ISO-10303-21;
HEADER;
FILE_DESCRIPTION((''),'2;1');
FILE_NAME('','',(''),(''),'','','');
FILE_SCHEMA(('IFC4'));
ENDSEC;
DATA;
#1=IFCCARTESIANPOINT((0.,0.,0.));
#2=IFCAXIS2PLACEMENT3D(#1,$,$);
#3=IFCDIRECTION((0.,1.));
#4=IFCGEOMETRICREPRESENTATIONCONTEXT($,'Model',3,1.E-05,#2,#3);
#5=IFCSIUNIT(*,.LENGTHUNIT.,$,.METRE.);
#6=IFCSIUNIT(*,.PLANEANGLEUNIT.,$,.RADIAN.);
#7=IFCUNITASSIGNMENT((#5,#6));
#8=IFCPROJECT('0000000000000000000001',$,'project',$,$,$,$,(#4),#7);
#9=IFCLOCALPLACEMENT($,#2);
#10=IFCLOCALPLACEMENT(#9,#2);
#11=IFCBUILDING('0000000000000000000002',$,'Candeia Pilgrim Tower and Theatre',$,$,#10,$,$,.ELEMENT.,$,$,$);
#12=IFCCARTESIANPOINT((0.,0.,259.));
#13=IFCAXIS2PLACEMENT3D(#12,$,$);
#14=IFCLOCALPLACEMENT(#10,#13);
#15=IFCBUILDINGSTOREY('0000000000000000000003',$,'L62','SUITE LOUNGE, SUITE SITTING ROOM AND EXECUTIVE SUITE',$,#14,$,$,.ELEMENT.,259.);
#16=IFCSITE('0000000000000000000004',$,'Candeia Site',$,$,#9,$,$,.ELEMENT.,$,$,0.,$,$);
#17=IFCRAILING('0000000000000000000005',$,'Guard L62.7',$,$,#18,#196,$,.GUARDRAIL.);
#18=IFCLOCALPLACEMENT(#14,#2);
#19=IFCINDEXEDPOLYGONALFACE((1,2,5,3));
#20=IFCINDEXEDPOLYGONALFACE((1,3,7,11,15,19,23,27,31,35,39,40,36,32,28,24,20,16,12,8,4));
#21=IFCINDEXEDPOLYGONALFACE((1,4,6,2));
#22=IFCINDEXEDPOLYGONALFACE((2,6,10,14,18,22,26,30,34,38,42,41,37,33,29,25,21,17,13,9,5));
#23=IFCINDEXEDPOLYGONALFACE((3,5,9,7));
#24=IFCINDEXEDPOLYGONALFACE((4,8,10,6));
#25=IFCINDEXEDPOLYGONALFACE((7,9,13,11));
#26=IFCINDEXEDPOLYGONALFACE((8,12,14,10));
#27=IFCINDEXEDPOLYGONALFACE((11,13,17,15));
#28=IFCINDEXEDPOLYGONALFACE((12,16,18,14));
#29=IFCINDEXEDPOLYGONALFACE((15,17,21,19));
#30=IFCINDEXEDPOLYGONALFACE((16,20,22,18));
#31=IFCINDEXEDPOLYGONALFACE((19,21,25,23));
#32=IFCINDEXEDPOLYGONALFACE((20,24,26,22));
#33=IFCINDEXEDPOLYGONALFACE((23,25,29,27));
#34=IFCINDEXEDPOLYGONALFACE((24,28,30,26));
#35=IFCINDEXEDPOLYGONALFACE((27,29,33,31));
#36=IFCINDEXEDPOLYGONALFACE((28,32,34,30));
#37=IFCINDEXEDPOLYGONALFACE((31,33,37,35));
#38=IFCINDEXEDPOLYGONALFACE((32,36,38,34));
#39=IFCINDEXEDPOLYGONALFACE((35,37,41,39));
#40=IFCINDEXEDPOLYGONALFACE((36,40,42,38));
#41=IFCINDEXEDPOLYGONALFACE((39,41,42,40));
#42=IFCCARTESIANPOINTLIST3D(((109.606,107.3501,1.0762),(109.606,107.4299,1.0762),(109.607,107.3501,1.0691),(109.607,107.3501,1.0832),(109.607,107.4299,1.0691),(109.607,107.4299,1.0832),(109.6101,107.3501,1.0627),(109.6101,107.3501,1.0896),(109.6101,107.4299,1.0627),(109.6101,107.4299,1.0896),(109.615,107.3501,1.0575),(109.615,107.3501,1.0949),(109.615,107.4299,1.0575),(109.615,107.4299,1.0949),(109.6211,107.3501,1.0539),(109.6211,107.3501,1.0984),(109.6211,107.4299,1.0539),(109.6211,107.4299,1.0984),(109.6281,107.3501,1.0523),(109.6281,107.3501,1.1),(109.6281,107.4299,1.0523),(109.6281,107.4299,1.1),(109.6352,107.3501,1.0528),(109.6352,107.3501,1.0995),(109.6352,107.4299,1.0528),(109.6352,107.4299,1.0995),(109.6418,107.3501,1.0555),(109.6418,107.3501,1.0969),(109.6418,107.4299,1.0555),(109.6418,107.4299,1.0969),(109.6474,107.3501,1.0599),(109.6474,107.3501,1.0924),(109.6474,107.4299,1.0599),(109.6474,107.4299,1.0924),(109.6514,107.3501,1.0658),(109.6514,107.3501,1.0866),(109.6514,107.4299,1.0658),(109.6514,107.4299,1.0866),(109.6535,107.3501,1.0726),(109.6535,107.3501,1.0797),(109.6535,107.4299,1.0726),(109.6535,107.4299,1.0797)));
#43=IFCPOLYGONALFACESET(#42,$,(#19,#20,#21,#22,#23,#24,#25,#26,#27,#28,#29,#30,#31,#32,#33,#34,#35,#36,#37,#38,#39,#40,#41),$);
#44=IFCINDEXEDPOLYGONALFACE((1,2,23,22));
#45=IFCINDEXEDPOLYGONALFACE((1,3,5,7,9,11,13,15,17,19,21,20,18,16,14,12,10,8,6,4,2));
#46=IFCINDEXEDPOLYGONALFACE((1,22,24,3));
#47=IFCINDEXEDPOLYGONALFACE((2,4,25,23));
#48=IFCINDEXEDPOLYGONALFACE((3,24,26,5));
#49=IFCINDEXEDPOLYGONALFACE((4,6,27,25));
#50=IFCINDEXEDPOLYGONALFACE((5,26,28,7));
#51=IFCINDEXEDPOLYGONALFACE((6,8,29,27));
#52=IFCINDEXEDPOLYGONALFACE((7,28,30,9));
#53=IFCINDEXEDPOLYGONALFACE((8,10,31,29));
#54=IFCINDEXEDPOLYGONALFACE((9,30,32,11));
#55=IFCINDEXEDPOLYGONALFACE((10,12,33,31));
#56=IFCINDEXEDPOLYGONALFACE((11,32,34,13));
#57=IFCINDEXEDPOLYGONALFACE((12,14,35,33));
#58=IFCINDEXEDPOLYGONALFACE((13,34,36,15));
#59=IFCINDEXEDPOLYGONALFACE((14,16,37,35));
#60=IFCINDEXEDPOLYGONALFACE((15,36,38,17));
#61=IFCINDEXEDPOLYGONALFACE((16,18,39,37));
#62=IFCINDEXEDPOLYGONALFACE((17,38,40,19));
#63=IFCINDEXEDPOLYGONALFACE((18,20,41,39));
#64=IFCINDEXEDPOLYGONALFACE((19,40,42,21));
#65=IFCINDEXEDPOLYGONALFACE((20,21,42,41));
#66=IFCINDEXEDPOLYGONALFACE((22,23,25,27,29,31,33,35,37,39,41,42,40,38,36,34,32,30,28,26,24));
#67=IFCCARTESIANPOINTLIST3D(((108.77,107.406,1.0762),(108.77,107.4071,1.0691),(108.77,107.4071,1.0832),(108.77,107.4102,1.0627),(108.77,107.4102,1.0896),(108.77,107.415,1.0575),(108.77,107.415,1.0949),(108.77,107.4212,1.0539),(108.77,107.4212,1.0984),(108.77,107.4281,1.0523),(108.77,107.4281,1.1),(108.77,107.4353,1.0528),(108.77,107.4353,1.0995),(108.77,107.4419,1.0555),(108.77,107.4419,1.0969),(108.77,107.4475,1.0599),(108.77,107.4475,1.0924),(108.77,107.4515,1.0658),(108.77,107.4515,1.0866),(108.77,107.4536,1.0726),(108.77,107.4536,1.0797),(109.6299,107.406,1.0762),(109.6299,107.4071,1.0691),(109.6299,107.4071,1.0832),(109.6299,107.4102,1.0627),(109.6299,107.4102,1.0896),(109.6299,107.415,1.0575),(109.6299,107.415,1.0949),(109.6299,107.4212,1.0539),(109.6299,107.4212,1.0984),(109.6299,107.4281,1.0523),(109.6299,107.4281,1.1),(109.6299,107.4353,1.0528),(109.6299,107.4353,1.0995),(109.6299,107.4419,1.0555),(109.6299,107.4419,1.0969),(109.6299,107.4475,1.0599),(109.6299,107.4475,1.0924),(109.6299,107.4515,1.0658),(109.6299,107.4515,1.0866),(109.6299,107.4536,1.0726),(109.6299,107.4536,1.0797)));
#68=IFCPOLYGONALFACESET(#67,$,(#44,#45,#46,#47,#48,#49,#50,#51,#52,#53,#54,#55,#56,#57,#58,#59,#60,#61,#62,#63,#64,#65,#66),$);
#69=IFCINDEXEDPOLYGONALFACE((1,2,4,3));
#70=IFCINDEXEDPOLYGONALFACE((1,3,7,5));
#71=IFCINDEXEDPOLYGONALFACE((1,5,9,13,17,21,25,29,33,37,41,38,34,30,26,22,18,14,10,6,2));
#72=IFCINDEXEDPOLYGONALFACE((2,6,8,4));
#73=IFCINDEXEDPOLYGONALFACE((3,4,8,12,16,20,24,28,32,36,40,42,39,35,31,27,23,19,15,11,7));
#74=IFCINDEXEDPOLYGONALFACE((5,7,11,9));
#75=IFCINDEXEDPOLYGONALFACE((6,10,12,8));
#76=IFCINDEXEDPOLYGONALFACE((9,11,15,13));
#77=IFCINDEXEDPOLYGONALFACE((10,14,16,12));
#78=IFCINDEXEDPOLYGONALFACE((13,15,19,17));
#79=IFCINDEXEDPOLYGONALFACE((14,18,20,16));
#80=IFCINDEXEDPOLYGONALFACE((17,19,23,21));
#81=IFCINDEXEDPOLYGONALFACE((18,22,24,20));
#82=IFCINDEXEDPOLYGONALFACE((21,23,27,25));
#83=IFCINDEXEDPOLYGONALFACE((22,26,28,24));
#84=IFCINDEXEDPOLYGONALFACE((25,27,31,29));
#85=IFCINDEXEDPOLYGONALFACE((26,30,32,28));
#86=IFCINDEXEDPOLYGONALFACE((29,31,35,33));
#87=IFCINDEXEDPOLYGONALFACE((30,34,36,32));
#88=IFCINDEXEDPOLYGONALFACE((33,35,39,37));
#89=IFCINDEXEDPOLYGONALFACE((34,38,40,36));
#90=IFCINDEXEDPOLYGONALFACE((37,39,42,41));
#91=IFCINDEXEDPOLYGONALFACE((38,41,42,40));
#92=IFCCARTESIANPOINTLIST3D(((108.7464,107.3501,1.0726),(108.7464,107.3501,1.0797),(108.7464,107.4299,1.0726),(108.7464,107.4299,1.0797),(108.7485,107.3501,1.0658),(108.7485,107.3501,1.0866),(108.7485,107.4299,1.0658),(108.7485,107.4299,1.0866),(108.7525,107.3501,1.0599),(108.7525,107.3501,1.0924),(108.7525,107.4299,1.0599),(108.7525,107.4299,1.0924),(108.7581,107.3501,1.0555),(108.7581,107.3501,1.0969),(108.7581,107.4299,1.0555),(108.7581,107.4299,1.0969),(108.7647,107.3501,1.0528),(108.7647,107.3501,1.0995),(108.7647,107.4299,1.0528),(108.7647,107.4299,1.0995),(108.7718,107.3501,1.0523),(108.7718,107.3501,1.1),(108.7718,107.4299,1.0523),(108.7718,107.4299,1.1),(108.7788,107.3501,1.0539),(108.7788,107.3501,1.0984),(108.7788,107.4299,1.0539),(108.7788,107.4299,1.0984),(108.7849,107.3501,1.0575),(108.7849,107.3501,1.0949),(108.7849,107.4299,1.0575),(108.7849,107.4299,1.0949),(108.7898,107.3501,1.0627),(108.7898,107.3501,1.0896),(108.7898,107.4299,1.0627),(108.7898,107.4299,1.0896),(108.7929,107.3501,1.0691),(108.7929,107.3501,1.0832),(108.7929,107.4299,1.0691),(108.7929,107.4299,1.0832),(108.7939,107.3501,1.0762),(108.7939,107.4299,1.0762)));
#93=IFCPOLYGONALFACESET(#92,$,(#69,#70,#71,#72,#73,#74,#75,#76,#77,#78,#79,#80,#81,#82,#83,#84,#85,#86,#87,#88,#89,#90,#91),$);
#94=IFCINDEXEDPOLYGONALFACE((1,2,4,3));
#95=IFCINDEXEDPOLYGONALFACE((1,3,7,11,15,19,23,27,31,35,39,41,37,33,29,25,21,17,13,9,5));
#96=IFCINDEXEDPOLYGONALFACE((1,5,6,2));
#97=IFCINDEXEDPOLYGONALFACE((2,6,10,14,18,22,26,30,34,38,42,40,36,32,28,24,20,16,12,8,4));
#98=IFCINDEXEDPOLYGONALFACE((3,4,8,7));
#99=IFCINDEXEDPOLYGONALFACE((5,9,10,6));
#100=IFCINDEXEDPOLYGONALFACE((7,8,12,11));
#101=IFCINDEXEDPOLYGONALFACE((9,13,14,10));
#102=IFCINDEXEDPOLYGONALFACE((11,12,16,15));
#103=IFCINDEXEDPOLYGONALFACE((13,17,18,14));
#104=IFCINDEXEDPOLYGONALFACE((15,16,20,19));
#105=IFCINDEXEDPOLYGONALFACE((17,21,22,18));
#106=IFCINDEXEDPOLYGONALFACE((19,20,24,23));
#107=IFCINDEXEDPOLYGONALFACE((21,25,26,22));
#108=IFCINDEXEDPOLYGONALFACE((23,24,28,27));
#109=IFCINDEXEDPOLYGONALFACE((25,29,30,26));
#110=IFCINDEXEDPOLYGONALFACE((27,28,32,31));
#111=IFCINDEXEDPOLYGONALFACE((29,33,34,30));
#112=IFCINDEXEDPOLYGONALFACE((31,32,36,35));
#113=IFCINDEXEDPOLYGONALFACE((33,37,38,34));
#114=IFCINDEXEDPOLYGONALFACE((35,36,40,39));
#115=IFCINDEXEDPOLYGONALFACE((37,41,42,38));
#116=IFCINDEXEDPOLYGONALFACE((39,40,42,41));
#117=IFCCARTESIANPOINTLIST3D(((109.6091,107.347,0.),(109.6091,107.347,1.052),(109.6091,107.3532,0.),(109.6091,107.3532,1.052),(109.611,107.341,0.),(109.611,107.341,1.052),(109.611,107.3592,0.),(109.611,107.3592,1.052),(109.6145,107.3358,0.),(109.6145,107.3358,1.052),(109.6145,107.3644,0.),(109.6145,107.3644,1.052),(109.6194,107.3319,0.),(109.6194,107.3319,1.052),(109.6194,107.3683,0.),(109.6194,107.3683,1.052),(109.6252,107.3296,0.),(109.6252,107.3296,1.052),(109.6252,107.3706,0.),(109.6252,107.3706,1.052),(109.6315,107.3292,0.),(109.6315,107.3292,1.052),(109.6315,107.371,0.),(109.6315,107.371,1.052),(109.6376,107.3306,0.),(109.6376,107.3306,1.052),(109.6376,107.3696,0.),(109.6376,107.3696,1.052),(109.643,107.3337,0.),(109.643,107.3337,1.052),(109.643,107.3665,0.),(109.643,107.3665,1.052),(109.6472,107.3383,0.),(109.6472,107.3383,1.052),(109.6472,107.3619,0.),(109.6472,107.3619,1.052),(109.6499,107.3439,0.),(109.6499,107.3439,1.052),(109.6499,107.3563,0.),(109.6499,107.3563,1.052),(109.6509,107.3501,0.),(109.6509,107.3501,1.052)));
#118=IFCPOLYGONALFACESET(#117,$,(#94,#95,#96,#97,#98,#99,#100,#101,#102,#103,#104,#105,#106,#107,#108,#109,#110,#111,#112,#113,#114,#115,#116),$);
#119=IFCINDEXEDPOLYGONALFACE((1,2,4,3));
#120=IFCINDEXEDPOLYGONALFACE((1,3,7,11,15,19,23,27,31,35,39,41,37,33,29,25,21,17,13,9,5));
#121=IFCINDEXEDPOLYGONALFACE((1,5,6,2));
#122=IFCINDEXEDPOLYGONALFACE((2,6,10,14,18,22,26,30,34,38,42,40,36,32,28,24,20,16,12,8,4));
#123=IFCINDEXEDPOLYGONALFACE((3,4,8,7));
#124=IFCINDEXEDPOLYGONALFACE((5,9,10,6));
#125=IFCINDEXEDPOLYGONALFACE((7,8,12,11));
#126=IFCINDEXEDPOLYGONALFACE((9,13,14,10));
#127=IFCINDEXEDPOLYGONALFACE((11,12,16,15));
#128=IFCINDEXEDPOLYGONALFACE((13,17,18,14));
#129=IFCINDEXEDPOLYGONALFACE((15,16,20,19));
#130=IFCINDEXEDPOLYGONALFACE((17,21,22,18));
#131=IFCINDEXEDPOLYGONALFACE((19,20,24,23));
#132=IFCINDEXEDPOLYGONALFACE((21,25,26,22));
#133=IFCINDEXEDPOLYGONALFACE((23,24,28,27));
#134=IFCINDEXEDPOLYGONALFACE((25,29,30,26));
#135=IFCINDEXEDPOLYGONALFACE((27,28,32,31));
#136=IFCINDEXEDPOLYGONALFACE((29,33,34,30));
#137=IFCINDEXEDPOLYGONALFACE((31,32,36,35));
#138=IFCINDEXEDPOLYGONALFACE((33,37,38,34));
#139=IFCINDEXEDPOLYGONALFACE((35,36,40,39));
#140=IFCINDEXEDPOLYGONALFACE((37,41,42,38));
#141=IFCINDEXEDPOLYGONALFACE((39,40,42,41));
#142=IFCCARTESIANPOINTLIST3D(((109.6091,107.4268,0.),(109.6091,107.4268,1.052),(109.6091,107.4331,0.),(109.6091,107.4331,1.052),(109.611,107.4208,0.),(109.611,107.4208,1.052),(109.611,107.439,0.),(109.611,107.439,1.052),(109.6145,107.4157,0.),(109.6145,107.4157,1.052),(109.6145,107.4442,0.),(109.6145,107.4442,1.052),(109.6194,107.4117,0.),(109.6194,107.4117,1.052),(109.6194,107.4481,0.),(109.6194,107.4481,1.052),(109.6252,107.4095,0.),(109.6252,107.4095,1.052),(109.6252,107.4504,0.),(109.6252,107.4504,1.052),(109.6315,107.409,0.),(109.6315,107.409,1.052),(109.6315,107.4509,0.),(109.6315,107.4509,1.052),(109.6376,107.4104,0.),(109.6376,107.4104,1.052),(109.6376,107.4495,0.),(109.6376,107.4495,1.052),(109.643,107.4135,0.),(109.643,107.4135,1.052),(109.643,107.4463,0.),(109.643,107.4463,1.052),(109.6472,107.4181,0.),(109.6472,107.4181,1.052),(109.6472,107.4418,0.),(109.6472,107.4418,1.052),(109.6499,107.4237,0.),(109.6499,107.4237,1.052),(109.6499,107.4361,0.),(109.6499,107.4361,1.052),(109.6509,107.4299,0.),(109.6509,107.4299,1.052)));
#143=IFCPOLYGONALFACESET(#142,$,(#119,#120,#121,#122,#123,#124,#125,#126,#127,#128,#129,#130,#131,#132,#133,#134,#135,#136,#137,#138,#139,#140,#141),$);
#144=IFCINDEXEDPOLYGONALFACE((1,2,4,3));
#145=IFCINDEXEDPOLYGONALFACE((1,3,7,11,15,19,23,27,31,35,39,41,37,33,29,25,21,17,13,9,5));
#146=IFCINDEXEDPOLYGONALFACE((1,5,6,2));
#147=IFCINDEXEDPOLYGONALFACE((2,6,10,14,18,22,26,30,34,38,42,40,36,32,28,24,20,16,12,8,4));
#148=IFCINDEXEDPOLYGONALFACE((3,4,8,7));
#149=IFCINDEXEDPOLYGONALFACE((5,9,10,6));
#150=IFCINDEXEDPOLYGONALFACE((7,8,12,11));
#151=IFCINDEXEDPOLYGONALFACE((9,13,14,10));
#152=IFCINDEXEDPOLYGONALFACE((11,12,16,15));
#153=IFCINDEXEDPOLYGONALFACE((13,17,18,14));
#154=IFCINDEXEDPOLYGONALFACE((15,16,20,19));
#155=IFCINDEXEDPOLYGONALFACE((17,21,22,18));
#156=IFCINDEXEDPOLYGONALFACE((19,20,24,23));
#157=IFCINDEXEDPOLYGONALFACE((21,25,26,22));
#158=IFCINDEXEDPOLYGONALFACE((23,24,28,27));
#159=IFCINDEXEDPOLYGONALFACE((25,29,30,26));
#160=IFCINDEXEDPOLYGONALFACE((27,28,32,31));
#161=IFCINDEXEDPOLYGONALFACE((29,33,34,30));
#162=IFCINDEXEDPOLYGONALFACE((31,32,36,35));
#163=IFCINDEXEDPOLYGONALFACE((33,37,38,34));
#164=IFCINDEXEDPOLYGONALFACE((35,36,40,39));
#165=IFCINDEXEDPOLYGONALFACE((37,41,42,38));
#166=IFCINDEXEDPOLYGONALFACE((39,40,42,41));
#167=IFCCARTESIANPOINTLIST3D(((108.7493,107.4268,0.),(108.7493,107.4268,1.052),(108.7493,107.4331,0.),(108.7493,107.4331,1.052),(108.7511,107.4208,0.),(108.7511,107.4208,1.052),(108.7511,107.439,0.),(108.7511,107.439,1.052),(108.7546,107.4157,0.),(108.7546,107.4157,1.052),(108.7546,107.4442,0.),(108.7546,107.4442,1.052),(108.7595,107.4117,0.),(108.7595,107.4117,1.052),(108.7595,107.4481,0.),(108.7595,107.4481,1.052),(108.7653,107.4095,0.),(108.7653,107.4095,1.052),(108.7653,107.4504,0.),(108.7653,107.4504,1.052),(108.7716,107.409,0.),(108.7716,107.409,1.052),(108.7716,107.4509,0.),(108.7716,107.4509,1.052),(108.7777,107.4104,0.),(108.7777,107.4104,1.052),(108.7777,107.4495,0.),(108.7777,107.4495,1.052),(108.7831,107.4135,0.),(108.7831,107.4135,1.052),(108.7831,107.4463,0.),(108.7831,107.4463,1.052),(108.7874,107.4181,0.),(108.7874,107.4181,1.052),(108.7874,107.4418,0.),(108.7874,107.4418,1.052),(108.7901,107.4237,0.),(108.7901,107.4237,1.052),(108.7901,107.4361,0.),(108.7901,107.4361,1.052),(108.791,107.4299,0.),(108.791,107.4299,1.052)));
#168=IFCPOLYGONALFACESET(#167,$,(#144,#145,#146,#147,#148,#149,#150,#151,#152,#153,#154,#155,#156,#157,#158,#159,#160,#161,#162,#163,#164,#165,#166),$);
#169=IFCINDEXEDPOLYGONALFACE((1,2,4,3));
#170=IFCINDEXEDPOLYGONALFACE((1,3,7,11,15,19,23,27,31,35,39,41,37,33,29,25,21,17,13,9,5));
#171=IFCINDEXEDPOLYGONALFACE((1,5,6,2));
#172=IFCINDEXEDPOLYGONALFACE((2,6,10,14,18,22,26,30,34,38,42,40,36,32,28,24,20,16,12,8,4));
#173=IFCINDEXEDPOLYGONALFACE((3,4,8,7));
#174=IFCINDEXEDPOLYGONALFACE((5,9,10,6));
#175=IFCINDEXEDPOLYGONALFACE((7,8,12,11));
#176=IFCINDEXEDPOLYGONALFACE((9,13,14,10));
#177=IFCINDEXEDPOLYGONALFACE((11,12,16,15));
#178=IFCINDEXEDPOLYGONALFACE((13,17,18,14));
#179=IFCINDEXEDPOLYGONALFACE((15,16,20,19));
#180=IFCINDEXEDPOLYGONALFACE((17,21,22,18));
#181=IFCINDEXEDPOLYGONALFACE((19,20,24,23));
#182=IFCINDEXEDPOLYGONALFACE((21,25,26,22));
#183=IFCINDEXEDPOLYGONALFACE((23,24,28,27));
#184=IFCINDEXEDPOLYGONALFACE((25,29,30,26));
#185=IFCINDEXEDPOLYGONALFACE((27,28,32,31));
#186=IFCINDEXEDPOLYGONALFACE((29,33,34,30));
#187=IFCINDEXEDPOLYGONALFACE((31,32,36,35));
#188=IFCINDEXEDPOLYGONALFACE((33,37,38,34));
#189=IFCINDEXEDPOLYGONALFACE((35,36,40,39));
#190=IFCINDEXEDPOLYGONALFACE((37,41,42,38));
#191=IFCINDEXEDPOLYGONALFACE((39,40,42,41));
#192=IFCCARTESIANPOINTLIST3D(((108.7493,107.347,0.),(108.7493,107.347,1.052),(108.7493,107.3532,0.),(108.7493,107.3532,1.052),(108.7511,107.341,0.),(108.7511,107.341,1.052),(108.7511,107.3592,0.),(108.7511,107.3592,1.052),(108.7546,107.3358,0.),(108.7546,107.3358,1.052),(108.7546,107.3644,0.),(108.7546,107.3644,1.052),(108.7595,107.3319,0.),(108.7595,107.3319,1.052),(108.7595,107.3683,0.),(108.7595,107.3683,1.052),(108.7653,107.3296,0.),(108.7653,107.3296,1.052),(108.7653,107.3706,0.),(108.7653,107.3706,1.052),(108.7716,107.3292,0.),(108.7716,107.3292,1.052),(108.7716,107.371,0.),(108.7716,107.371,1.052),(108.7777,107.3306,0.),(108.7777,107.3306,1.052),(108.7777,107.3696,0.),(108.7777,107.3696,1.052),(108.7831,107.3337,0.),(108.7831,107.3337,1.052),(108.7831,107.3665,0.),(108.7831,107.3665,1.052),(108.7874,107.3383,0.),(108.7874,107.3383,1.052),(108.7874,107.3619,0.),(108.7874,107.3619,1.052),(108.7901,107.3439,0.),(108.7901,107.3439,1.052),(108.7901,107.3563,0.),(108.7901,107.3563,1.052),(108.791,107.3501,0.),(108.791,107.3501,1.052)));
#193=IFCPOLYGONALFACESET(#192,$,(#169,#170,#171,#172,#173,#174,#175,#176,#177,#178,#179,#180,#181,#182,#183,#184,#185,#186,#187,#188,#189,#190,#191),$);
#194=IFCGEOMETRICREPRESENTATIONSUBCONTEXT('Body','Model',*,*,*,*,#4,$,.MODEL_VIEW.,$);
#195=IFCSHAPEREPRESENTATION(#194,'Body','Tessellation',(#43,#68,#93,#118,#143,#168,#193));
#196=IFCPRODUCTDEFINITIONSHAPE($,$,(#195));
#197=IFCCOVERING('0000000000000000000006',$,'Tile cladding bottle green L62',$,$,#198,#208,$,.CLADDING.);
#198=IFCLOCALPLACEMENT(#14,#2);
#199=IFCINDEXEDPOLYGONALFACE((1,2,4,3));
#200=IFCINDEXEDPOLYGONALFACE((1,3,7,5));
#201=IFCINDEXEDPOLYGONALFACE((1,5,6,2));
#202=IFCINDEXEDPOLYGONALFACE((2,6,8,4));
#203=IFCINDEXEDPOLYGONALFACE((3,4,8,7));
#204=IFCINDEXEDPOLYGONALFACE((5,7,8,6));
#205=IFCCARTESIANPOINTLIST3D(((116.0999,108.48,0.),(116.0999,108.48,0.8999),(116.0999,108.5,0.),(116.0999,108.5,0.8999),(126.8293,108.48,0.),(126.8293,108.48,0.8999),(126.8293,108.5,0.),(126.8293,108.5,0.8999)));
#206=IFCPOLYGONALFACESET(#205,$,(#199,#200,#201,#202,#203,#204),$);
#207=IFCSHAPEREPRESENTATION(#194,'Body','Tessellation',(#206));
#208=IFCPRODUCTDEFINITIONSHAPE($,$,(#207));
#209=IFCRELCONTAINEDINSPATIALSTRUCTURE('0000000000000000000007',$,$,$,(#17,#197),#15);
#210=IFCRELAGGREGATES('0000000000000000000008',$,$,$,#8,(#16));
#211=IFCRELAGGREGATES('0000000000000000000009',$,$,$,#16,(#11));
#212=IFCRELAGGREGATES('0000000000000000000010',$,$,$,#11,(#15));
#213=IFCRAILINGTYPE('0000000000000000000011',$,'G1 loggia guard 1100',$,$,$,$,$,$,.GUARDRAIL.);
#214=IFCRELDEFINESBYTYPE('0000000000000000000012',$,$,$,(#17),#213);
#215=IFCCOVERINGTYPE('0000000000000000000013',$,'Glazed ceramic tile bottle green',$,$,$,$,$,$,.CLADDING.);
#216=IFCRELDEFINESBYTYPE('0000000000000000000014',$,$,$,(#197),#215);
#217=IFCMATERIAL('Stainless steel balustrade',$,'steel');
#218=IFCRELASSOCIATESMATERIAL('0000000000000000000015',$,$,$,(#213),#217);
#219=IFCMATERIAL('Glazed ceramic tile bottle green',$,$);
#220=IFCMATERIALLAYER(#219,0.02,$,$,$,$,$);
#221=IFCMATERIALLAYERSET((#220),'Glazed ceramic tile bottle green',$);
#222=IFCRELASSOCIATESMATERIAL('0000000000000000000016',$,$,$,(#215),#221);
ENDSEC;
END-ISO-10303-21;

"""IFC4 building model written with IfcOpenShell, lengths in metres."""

from ifc_helpers import new_model, si_unit, direction, frame, origin, origin_2d, place, context, subcontext, project, spatial, rectangle, circle, extrude, material, layer, layer_set, type_object, element, save


model = new_model("IFC4")

# Units and contexts
model_context = context("Model", 3, precision=1e-05, world=origin(), true_north=direction((0.0, 1.0)))
body_context = subcontext(model_context, "Body", "Model", "MODEL_VIEW")
ifc_project = project(units=[si_unit("LENGTHUNIT", "METRE"), si_unit("PLANEANGLEUNIT", "RADIAN")], contexts=[model_context])

# Site, building, storey
site_placement = place(None, origin())
site = spatial("IfcSite", under=ifc_project, at=site_placement, Name="Candeia Site", CompositionType="ELEMENT", RefElevation=0.0)
building_placement = place(site_placement, origin())
building = spatial("IfcBuilding", under=site, at=building_placement, Name="Candeia Pilgrim Tower and Theatre", CompositionType="ELEMENT")
storey_placement = place(building_placement, frame((0.0, 0.0, 259.0)))
storey = spatial("IfcBuildingStorey", under=building, at=storey_placement, Name="L62", Description="SUITE LOUNGE, SUITE SITTING ROOM AND EXECUTIVE SUITE", CompositionType="ELEMENT", Elevation=259.0)

# Railing
ifc_material_1 = material(Name="Stainless steel balustrade", Category="steel")
railing_type = type_object("IfcRailingType", Name="G1 loggia guard 1100", PredefinedType="GUARDRAIL", material=ifc_material_1)
railing_1_placement = place(storey_placement, frame((109.6299, 107.3501, 0.0)))
element("IfcRailing", 1, at=railing_1_placement, inside=storey, type_object=railing_type, Name="Guard L62.7", PredefinedType="GUARDRAIL", context=body_context, shape_type="SweptSolid", body=[
    extrude(circle(Radius=0.0239, at=origin_2d()), frame((0.0, 0.0, 1.0762), z_axis=(0.0, 1.0, 0.0), x_axis=(-1.0, 0.0, 0.0)), (0.0, 0.0, 1.0), 0.0798),
    extrude(circle(Radius=0.0239, at=origin_2d()), frame((0.0, 0.0798, 1.0762), z_axis=(-1.0, 0.0, 0.0), x_axis=(0.0, -1.0, 0.0)), (0.0, 0.0, 1.0), 0.8599),
    extrude(circle(Radius=0.0239, at=origin_2d()), frame((-0.8599, 0.0798, 1.0762), z_axis=(0.0, -1.0, 0.0), x_axis=(1.0, 0.0, 0.0)), (0.0, 0.0, 1.0), 0.0798),
    extrude(circle(Radius=0.021, at=origin_2d()), origin(), (0.0, 0.0, 1.0), 1.052),
    extrude(circle(Radius=0.021, at=origin_2d()), frame((0.0, 0.0798, 0.0)), (0.0, 0.0, 1.0), 1.052),
    extrude(circle(Radius=0.021, at=origin_2d()), frame((-0.8599, 0.0798, 0.0)), (0.0, 0.0, 1.0), 1.052),
    extrude(circle(Radius=0.021, at=origin_2d()), frame((-0.8599, 0.0, 0.0)), (0.0, 0.0, 1.0), 1.052),
])

# Covering
ifc_material_2 = material(Name="Glazed ceramic tile bottle green")
ifc_layer_1 = layer(ifc_material_2, 0.02)
ifc_layer_set_1 = layer_set([ifc_layer_1], Name="Glazed ceramic tile bottle green")
covering_type = type_object("IfcCoveringType", Name="Glazed ceramic tile bottle green", PredefinedType="CLADDING", material=ifc_layer_set_1)
covering_placement = place(storey_placement, frame((121.4646, 108.49, 0.0), z_axis=(0.0, 0.0, 1.0), x_axis=(1.0, 0.0, 0.0)))
element("IfcCovering", 2, at=covering_placement, inside=storey, type_object=covering_type, Name="Tile cladding bottle green L62", PredefinedType="CLADDING", context=body_context, shape_type="SweptSolid", body=[
    extrude(rectangle(XDim=10.7295, YDim=0.02, at=origin_2d()), origin(), (0.0, 0.0, 1.0), 0.8999),
])

save(model, "model.ifc")
